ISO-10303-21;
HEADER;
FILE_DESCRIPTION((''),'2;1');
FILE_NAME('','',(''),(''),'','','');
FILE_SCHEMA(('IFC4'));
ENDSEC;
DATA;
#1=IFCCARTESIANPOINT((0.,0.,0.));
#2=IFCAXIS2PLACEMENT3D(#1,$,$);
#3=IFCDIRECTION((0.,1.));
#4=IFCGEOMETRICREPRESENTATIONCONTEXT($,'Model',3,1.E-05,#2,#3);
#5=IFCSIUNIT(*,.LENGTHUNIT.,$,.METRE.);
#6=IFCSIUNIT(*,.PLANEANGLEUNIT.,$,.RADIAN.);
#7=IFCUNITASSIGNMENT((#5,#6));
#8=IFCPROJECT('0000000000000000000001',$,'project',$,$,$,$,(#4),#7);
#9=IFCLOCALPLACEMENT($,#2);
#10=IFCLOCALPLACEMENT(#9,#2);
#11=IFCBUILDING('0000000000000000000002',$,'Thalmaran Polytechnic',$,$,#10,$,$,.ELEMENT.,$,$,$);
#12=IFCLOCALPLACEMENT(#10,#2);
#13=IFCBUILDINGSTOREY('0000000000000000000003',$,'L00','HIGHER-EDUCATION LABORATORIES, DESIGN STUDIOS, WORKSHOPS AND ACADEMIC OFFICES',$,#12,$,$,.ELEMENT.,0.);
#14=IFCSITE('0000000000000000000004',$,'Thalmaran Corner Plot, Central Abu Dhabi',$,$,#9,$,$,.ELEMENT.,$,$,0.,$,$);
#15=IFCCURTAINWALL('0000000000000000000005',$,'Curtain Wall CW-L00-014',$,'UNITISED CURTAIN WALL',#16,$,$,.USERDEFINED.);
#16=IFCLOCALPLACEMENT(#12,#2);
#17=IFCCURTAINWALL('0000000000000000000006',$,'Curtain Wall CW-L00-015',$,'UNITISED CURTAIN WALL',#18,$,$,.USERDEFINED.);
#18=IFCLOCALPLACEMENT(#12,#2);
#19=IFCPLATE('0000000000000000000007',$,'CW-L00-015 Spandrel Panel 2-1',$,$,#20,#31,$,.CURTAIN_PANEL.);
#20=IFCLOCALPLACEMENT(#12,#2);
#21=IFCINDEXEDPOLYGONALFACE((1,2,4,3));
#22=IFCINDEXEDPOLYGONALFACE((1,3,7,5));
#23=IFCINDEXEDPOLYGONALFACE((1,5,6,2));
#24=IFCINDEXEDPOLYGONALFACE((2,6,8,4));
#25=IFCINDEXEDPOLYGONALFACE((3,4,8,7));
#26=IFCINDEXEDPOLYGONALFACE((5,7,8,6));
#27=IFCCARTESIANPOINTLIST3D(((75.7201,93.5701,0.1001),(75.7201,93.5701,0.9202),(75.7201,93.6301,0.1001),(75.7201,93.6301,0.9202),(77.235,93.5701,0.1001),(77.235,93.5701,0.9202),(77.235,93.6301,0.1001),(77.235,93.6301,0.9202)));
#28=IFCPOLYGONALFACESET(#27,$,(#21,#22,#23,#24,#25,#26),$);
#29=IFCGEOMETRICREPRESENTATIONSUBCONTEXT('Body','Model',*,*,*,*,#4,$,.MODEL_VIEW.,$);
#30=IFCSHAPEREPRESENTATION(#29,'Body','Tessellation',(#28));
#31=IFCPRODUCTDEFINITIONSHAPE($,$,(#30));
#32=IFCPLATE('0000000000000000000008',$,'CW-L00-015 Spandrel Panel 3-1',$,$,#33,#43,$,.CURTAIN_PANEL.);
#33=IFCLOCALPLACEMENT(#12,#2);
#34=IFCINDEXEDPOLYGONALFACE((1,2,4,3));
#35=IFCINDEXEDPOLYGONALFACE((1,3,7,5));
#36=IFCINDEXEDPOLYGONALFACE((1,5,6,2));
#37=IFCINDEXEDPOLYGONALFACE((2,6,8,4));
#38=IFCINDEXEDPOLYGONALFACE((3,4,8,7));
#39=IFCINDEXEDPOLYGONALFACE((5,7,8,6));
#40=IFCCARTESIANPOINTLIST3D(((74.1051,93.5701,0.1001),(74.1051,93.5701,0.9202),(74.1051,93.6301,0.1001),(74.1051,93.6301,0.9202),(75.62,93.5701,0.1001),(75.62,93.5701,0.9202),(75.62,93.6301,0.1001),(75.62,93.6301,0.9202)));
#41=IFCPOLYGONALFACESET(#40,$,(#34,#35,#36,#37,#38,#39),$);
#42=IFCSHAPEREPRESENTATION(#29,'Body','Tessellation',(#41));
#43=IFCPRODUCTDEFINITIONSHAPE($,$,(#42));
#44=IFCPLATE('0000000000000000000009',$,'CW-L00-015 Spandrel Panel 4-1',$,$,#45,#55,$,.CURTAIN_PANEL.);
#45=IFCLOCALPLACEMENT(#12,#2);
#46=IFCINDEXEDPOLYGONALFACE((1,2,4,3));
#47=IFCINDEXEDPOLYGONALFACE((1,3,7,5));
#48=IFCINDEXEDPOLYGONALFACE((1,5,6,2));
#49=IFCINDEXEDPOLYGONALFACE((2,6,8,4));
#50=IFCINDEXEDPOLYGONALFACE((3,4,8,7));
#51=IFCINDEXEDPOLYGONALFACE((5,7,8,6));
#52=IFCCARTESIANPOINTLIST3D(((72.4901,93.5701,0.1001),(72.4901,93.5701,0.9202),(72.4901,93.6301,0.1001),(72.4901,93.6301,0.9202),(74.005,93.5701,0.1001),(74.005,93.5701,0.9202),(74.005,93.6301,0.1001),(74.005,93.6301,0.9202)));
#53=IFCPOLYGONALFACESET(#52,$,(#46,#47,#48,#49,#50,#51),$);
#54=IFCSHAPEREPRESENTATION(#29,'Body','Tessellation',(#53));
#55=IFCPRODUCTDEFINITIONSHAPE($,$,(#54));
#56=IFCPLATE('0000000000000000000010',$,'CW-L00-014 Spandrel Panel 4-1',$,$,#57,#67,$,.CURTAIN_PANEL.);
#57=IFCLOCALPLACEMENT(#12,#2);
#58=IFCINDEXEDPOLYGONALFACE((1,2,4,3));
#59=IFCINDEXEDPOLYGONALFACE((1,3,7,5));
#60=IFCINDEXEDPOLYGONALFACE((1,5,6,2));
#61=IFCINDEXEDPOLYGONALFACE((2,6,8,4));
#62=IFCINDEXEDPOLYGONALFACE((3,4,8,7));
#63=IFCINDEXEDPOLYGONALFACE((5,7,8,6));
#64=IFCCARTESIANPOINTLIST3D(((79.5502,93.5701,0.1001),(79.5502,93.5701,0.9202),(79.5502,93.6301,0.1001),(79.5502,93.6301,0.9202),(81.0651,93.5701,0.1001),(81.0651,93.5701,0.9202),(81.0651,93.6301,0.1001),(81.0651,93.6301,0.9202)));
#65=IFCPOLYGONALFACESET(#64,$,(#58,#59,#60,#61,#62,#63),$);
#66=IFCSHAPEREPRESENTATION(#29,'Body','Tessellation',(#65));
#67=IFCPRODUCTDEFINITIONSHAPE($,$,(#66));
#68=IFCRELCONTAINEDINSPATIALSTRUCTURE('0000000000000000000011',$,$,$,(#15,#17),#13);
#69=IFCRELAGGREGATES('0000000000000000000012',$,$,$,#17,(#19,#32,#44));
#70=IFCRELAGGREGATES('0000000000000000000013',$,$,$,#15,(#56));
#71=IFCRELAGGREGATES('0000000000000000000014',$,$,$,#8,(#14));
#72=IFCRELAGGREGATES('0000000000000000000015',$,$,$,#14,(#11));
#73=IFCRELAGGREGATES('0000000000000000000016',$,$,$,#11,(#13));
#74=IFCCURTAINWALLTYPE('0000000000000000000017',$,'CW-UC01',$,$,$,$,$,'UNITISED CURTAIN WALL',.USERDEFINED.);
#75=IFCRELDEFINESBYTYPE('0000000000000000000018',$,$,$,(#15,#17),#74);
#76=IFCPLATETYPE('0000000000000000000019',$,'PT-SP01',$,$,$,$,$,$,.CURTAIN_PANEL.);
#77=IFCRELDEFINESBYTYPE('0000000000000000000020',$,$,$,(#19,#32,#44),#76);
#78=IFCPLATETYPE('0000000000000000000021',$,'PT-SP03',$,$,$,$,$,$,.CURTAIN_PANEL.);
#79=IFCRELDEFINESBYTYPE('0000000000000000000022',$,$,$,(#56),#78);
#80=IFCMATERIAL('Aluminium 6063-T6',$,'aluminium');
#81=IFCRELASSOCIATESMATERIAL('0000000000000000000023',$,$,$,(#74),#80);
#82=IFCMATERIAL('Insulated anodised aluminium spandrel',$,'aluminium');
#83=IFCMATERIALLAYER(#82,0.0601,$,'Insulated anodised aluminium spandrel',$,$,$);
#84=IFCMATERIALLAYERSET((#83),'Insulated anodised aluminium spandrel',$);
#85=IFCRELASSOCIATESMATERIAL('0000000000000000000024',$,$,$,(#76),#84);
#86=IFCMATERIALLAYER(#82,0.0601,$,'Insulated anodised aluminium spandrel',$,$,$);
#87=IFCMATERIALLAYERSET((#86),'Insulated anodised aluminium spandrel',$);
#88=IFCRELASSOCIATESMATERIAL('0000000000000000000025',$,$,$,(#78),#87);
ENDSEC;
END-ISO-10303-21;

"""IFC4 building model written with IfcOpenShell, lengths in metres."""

from ifc_helpers import new_model, si_unit, direction, frame, origin, origin_2d, place, context, subcontext, project, spatial, rectangle, extrude, material, layer, layer_set, type_object, element, aggregate, save


model = new_model("IFC4")

# Units and contexts
model_context = context("Model", 3, precision=1e-05, world=origin(), true_north=direction((0.0, 1.0)))
body_context = subcontext(model_context, "Body", "Model", "MODEL_VIEW")
ifc_project = project(units=[si_unit("LENGTHUNIT", "METRE"), si_unit("PLANEANGLEUNIT", "RADIAN")], contexts=[model_context])

# Site, building, storey
site_placement = place(None, origin())
site = spatial("IfcSite", under=ifc_project, at=site_placement, Name="Thalmaran Corner Plot, Central Abu Dhabi", CompositionType="ELEMENT", RefElevation=0.0)
building_placement = place(site_placement, origin())
building = spatial("IfcBuilding", under=site, at=building_placement, Name="Thalmaran Polytechnic", CompositionType="ELEMENT")
storey_placement = place(building_placement, origin())
storey = spatial("IfcBuildingStorey", under=building, at=storey_placement, Name="L00", Description="HIGHER-EDUCATION LABORATORIES, DESIGN STUDIOS, WORKSHOPS AND ACADEMIC OFFICES", CompositionType="ELEMENT", Elevation=0.0)

# Curtain wall
ifc_material_1 = material(Name="Aluminium 6063-T6", Category="aluminium")
curtain_wall_type = type_object("IfcCurtainWallType", Name="CW-UC01", ElementType="UNITISED CURTAIN WALL", PredefinedType="USERDEFINED", material=ifc_material_1)
curtain_wall_1_placement = place(storey_placement, origin())
curtain_wall_1 = element("IfcCurtainWall", 1, at=curtain_wall_1_placement, inside=storey, type_object=curtain_wall_type, Name="Curtain Wall CW-L00-014", ObjectType="UNITISED CURTAIN WALL", PredefinedType="USERDEFINED")

# Curtain wall
curtain_wall_2_placement = place(storey_placement, origin())
curtain_wall_2 = element("IfcCurtainWall", 2, at=curtain_wall_2_placement, inside=storey, type_object=curtain_wall_type, Name="Curtain Wall CW-L00-015", ObjectType="UNITISED CURTAIN WALL", PredefinedType="USERDEFINED")

# Plates
ifc_material_2 = material(Name="Insulated anodised aluminium spandrel", Category="aluminium")
ifc_layer_1 = layer(ifc_material_2, 0.0601, Name="Insulated anodised aluminium spandrel")
ifc_layer_set_1 = layer_set([ifc_layer_1], Name="Insulated anodised aluminium spandrel")
plate_type_1 = type_object("IfcPlateType", Name="PT-SP01", PredefinedType="CURTAIN_PANEL", material=ifc_layer_set_1)
plate_1_placement = place(storey_placement, frame((76.4775, 93.6001, 0.1001), z_axis=(0.0, 0.0, 1.0), x_axis=(-1.0, 0.0, 0.0)))
plate_1 = element("IfcPlate", 3, at=plate_1_placement, type_object=plate_type_1, Name="CW-L00-015 Spandrel Panel 2-1", PredefinedType="CURTAIN_PANEL", context=body_context, shape_type="SweptSolid", body=[
    extrude(rectangle(XDim=1.5149, YDim=0.0601, at=origin_2d()), origin(), (0.0, 0.0, 1.0), 0.8201),
])
plate_2_placement = place(storey_placement, frame((74.8625, 93.6001, 0.1001), z_axis=(0.0, 0.0, 1.0), x_axis=(-1.0, 0.0, 0.0)))
plate_2 = element("IfcPlate", 4, at=plate_2_placement, type_object=plate_type_1, Name="CW-L00-015 Spandrel Panel 3-1", PredefinedType="CURTAIN_PANEL", context=body_context, shape_type="SweptSolid", body=[
    extrude(rectangle(XDim=1.5149, YDim=0.0601, at=origin_2d()), origin(), (0.0, 0.0, 1.0), 0.8201),
])
plate_3_placement = place(storey_placement, frame((73.2476, 93.6001, 0.1001), z_axis=(0.0, 0.0, 1.0), x_axis=(-1.0, 0.0, 0.0)))
plate_3 = element("IfcPlate", 5, at=plate_3_placement, type_object=plate_type_1, Name="CW-L00-015 Spandrel Panel 4-1", PredefinedType="CURTAIN_PANEL", context=body_context, shape_type="SweptSolid", body=[
    extrude(rectangle(XDim=1.5149, YDim=0.0601, at=origin_2d()), origin(), (0.0, 0.0, 1.0), 0.8201),
])
aggregate(curtain_wall_2, [plate_1, plate_2, plate_3])
ifc_layer_2 = layer(ifc_material_2, 0.0601, Name="Insulated anodised aluminium spandrel")
ifc_layer_set_2 = layer_set([ifc_layer_2], Name="Insulated anodised aluminium spandrel")
plate_type_2 = type_object("IfcPlateType", Name="PT-SP03", PredefinedType="CURTAIN_PANEL", material=ifc_layer_set_2)
plate_4_placement = place(storey_placement, frame((80.3076, 93.6001, 0.1001), z_axis=(0.0, 0.0, 1.0), x_axis=(-1.0, 0.0, 0.0)))
plate_4 = element("IfcPlate", 6, at=plate_4_placement, type_object=plate_type_2, Name="CW-L00-014 Spandrel Panel 4-1", PredefinedType="CURTAIN_PANEL", context=body_context, shape_type="SweptSolid", body=[
    extrude(rectangle(XDim=1.5149, YDim=0.0601, at=origin_2d()), origin(), (0.0, 0.0, 1.0), 0.8201),
])
aggregate(curtain_wall_1, [plate_4])

save(model, "model.ifc")
